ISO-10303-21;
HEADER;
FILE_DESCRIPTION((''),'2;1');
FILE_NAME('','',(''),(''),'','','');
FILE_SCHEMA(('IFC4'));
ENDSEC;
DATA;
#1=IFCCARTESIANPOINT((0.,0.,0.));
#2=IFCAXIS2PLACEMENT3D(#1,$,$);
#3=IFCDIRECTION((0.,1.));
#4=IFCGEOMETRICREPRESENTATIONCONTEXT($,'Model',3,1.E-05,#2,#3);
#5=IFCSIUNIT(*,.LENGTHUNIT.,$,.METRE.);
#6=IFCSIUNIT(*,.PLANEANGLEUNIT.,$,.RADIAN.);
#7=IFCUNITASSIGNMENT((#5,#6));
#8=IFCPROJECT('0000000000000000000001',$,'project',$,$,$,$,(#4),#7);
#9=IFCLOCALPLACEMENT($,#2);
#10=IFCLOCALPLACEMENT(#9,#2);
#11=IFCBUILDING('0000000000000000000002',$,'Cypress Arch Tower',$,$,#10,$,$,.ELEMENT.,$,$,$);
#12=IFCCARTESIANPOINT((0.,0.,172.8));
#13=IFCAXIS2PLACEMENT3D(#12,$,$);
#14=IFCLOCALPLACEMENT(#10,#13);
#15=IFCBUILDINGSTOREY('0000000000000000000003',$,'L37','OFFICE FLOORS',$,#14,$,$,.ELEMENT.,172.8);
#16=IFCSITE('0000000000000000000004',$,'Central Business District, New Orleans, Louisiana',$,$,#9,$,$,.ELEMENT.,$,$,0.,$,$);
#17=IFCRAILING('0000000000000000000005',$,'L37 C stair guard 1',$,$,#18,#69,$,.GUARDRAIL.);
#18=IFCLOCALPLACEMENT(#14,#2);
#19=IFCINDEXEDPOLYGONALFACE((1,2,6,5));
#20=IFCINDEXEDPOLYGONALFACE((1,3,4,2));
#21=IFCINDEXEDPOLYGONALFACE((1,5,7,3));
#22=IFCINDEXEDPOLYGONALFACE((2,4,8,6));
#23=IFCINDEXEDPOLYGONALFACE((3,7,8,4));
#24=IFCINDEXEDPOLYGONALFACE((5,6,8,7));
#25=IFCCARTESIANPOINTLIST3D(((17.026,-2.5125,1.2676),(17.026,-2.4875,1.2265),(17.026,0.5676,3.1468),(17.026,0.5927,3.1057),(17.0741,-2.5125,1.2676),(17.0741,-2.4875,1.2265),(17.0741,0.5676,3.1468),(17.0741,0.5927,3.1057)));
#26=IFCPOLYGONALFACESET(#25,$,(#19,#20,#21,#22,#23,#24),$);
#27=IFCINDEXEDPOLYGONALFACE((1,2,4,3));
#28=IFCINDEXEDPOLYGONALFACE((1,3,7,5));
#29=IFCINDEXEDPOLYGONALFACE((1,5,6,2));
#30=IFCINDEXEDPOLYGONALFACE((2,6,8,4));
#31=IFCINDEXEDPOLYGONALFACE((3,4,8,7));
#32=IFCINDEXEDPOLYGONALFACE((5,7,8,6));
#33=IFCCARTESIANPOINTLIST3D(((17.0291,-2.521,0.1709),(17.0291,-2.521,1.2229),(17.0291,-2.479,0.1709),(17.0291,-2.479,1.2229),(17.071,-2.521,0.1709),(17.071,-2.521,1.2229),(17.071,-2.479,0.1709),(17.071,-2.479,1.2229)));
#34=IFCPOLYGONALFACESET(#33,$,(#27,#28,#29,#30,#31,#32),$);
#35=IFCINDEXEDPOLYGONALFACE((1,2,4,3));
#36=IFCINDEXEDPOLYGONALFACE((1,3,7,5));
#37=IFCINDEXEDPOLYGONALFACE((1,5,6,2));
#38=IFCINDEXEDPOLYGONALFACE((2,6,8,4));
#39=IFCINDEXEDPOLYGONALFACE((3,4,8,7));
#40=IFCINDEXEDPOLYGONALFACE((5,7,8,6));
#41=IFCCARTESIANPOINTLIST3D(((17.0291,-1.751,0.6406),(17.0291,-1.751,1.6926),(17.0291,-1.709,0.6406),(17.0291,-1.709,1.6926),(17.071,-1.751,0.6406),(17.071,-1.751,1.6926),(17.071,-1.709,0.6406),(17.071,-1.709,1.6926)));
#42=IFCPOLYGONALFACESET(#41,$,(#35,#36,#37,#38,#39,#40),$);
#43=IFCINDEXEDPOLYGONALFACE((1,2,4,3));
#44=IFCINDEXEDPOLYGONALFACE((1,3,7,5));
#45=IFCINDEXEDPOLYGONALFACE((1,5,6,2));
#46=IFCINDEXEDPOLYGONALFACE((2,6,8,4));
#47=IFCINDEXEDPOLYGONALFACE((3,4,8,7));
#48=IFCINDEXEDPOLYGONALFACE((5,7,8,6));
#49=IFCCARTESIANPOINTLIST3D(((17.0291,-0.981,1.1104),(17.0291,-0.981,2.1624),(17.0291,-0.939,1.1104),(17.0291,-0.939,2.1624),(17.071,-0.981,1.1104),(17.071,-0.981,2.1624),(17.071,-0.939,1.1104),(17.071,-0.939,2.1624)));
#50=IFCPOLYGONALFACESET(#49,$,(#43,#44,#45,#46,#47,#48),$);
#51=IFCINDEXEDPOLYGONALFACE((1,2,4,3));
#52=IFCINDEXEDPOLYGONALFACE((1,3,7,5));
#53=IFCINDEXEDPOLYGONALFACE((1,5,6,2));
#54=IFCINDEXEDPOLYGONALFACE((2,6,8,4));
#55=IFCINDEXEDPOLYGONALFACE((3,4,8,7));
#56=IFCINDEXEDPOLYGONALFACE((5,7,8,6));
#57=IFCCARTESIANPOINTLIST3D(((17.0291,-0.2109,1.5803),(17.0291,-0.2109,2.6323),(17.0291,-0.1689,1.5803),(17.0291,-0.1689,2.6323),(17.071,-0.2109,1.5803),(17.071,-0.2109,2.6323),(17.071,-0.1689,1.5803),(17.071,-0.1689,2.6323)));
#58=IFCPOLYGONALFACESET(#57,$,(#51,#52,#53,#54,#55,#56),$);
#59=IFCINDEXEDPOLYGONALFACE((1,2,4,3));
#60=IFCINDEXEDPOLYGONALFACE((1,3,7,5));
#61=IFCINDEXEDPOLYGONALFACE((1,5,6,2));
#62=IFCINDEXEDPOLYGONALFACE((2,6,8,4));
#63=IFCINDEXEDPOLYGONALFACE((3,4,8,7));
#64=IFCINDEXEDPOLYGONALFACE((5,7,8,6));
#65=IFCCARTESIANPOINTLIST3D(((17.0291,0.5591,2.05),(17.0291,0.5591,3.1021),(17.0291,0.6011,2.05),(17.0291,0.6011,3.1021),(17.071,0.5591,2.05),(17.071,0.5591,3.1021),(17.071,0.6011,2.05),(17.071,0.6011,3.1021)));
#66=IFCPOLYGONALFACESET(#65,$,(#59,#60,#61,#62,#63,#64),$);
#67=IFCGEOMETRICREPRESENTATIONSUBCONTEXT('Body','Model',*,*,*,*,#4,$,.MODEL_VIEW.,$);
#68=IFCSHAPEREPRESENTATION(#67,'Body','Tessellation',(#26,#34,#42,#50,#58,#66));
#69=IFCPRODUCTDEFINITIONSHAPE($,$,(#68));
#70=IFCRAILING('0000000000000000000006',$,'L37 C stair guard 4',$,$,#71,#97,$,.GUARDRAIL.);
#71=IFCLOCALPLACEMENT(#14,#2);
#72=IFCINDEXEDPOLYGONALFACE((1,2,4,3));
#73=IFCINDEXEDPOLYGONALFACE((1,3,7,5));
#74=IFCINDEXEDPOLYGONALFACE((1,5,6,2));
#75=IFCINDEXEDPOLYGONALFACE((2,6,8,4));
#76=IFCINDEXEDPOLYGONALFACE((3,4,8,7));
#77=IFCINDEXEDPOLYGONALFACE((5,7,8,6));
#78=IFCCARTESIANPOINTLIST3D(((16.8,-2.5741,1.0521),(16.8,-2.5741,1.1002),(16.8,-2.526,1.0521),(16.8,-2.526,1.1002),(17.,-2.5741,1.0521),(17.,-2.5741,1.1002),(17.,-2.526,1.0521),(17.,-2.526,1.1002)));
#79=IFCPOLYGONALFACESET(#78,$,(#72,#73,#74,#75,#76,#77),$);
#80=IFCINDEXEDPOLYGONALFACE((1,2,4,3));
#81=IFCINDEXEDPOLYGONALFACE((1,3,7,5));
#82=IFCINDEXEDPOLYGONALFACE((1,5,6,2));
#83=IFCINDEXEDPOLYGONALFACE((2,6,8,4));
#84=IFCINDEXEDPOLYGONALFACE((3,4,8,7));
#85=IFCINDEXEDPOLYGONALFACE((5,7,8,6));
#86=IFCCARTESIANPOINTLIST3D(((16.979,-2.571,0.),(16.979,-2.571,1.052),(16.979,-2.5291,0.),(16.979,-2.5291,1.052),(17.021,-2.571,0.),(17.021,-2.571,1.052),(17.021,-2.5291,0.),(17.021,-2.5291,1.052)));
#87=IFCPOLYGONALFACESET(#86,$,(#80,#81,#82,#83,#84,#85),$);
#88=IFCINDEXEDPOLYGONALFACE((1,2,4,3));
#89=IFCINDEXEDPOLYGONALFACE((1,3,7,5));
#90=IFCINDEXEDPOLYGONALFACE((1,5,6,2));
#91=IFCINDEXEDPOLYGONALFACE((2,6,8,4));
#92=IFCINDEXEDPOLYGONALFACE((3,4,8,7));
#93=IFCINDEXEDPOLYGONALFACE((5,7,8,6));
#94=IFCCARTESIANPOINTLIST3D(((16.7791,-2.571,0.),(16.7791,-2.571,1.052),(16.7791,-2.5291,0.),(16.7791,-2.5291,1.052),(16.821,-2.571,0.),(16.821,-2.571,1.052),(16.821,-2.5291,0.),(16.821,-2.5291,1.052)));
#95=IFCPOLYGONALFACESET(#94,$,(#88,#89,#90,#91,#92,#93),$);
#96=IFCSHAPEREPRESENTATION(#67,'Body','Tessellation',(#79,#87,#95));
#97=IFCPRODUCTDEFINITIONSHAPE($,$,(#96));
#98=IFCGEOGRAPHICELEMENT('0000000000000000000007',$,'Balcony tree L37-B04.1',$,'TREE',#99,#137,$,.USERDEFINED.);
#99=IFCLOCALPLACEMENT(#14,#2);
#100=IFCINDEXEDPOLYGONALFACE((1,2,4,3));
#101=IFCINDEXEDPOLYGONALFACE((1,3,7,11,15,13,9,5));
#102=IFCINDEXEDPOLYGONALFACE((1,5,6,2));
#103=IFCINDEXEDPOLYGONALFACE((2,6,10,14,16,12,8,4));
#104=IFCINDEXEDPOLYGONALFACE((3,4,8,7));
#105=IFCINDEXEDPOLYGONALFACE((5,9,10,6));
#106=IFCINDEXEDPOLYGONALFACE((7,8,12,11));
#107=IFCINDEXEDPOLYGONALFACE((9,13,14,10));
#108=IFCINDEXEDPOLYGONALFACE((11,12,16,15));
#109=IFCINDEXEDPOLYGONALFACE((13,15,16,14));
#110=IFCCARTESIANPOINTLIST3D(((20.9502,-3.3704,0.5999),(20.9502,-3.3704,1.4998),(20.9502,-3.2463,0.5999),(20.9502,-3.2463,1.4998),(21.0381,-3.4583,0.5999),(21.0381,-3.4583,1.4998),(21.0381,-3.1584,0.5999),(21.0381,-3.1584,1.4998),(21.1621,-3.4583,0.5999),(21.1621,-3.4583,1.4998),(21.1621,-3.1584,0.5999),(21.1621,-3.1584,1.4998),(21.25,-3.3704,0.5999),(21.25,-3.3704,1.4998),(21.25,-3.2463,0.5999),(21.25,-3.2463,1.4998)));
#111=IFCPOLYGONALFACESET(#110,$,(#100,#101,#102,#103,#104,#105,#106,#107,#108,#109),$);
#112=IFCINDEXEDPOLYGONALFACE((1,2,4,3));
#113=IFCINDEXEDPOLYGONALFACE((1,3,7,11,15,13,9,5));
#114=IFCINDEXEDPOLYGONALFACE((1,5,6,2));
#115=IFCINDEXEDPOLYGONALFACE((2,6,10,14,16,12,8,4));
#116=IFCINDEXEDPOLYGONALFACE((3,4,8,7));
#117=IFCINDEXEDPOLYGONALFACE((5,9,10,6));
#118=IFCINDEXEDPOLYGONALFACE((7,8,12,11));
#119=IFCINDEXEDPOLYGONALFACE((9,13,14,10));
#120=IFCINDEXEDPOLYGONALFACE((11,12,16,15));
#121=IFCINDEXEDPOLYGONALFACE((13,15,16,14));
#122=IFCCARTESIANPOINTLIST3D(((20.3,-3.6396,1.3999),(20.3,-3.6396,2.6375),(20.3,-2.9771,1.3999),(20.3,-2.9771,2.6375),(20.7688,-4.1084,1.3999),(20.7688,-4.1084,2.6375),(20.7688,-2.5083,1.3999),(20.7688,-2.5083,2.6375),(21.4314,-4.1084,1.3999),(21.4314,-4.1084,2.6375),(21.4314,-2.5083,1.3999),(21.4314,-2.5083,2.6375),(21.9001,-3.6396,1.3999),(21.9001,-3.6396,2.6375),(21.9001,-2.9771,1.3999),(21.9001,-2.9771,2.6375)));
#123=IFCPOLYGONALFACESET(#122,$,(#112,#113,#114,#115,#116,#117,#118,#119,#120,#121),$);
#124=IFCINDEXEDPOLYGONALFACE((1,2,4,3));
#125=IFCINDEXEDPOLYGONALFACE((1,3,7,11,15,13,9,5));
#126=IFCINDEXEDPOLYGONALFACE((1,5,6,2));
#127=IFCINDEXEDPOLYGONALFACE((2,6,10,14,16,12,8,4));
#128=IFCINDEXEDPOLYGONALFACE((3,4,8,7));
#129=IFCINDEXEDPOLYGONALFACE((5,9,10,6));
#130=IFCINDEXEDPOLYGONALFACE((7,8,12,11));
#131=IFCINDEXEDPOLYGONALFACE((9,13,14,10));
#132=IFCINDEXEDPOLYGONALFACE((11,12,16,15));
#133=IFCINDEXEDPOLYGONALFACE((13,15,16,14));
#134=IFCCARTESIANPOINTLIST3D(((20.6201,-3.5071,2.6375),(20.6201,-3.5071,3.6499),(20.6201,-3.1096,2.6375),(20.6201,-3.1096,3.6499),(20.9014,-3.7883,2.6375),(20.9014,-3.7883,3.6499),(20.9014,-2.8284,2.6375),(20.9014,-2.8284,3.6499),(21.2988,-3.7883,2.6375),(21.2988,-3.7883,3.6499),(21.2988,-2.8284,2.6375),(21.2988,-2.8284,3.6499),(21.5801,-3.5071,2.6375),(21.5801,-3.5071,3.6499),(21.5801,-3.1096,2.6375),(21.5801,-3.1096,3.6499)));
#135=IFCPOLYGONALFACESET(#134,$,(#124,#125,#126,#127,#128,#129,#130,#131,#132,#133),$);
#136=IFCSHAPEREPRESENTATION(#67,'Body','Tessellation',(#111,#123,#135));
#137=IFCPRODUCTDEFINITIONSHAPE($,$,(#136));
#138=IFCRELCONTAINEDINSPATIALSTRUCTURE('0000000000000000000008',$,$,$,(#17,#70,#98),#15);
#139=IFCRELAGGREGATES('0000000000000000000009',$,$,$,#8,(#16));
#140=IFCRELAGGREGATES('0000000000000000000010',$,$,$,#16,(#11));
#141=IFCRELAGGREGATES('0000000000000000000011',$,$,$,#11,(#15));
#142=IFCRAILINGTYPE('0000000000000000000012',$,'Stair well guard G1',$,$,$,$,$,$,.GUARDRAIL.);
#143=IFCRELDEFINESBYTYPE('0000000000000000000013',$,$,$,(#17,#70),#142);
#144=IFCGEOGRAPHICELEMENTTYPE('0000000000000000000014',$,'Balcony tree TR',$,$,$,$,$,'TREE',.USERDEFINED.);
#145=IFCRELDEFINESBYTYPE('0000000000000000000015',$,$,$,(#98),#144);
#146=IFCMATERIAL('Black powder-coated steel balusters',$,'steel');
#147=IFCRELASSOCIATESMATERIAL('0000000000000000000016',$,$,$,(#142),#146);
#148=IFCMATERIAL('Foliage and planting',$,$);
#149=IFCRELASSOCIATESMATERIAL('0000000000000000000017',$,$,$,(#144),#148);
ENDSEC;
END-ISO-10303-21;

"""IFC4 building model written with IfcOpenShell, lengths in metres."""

from ifc_helpers import new_model, si_unit, direction, frame, origin, origin_2d, place, context, subcontext, project, spatial, polyline, rectangle, outline, extrude, material, type_object, element, save


model = new_model("IFC4")

# Units and contexts
model_context = context("Model", 3, precision=1e-05, world=origin(), true_north=direction((0.0, 1.0)))
body_context = subcontext(model_context, "Body", "Model", "MODEL_VIEW")
ifc_project = project(units=[si_unit("LENGTHUNIT", "METRE"), si_unit("PLANEANGLEUNIT", "RADIAN")], contexts=[model_context])

# Site, building, storey
site_placement = place(None, origin())
site = spatial("IfcSite", under=ifc_project, at=site_placement, Name="Central Business District, New Orleans, Louisiana", CompositionType="ELEMENT", RefElevation=0.0)
building_placement = place(site_placement, origin())
building = spatial("IfcBuilding", under=site, at=building_placement, Name="Cypress Arch Tower", CompositionType="ELEMENT")
storey_placement = place(building_placement, frame((0.0, 0.0, 172.8)))
storey = spatial("IfcBuildingStorey", under=building, at=storey_placement, Name="L37", Description="OFFICE FLOORS", CompositionType="ELEMENT", Elevation=172.8)

# Railings
ifc_material_1 = material(Name="Black powder-coated steel balusters", Category="steel")
railing_type_1 = type_object("IfcRailingType", Name="Stair well guard G1", PredefinedType="GUARDRAIL", material=ifc_material_1)
railing_1_placement = place(storey_placement, frame((17.05, -2.5, 0.1709)))
element("IfcRailing", 1, at=railing_1_placement, inside=storey, type_object=railing_type_1, Name="L37 C stair guard 1", PredefinedType="GUARDRAIL", context=body_context, shape_type="SweptSolid", body=[
    extrude(rectangle(XDim=0.0481, YDim=0.0481, at=origin_2d()), frame((0.0, 0.0, 1.0762), z_axis=(0.0, 0.853666, 0.52082), x_axis=(-1.0, 0.0, 0.0)), (0.0, 0.0, 1.0), 3.6082),
    extrude(rectangle(XDim=0.042, YDim=0.042, at=origin_2d()), origin(), (0.0, 0.0, 1.0), 1.052),
    extrude(rectangle(XDim=0.042, YDim=0.042, at=origin_2d()), frame((0.0, 0.77, 0.4697)), (0.0, 0.0, 1.0), 1.052),
    extrude(rectangle(XDim=0.042, YDim=0.042, at=origin_2d()), frame((0.0, 1.54, 0.9395)), (0.0, 0.0, 1.0), 1.052),
    extrude(rectangle(XDim=0.042, YDim=0.042, at=origin_2d()), frame((0.0, 2.3101, 1.4094)), (0.0, 0.0, 1.0), 1.052),
    extrude(rectangle(XDim=0.042, YDim=0.042, at=origin_2d()), frame((0.0, 3.0801, 1.8792)), (0.0, 0.0, 1.0), 1.052),
])
railing_2_placement = place(storey_placement, frame((17.0, -2.55, 0.0)))
element("IfcRailing", 2, at=railing_2_placement, inside=storey, type_object=railing_type_1, Name="L37 C stair guard 4", PredefinedType="GUARDRAIL", context=body_context, shape_type="SweptSolid", body=[
    extrude(rectangle(XDim=0.0481, YDim=0.0481, at=origin_2d()), frame((0.0, 0.0, 1.0762), z_axis=(-1.0, 0.0, 0.0), x_axis=(0.0, -1.0, 0.0)), (0.0, 0.0, 1.0), 0.2),
    extrude(rectangle(XDim=0.042, YDim=0.042, at=origin_2d()), origin(), (0.0, 0.0, 1.0), 1.052),
    extrude(rectangle(XDim=0.042, YDim=0.042, at=origin_2d()), frame((-0.2, 0.0, 0.0)), (0.0, 0.0, 1.0), 1.052),
])

# Geographic element
ifc_material_2 = material(Name="Foliage and planting")
geographic_element_type = type_object("IfcGeographicElementType", Name="Balcony tree TR", ElementType="TREE", PredefinedType="USERDEFINED", material=ifc_material_2)
geographic_element_placement = place(storey_placement, frame((21.1001, -3.3083, 0.5999), z_axis=(0.0, 0.0, 1.0), x_axis=(1.0, 0.0, 0.0)))
element("IfcGeographicElement", 3, at=geographic_element_placement, inside=storey, type_object=geographic_element_type, Name="Balcony tree L37-B04.1", ObjectType="TREE", PredefinedType="USERDEFINED", context=body_context, shape_type="SweptSolid", body=[
    extrude(outline(polyline([(0.1499, 0.062), (0.062, 0.1499), (-0.062, 0.1499), (-0.1499, 0.062), (-0.1499, -0.062), (-0.062, -0.1499), (0.062, -0.1499), (0.1499, -0.062), (0.1499, 0.062)])), origin(), (0.0, 0.0, 1.0), 0.8999),
    extrude(outline(polyline([(0.8, 0.3313), (0.3313, 0.8), (-0.3313, 0.8), (-0.8, 0.3313), (-0.8, -0.3313), (-0.3313, -0.8), (0.3313, -0.8), (0.8, -0.3313), (0.8, 0.3313)])), frame((0.0, 0.0, 0.8)), (0.0, 0.0, 1.0), 1.2375),
    extrude(outline(polyline([(0.48, 0.1987), (0.1987, 0.48), (-0.1987, 0.48), (-0.48, 0.1987), (-0.48, -0.1987), (-0.1987, -0.48), (0.1987, -0.48), (0.48, -0.1987), (0.48, 0.1987)])), frame((0.0, 0.0, 2.0376)), (0.0, 0.0, 1.0), 1.0125),
])

save(model, "model.ifc")
